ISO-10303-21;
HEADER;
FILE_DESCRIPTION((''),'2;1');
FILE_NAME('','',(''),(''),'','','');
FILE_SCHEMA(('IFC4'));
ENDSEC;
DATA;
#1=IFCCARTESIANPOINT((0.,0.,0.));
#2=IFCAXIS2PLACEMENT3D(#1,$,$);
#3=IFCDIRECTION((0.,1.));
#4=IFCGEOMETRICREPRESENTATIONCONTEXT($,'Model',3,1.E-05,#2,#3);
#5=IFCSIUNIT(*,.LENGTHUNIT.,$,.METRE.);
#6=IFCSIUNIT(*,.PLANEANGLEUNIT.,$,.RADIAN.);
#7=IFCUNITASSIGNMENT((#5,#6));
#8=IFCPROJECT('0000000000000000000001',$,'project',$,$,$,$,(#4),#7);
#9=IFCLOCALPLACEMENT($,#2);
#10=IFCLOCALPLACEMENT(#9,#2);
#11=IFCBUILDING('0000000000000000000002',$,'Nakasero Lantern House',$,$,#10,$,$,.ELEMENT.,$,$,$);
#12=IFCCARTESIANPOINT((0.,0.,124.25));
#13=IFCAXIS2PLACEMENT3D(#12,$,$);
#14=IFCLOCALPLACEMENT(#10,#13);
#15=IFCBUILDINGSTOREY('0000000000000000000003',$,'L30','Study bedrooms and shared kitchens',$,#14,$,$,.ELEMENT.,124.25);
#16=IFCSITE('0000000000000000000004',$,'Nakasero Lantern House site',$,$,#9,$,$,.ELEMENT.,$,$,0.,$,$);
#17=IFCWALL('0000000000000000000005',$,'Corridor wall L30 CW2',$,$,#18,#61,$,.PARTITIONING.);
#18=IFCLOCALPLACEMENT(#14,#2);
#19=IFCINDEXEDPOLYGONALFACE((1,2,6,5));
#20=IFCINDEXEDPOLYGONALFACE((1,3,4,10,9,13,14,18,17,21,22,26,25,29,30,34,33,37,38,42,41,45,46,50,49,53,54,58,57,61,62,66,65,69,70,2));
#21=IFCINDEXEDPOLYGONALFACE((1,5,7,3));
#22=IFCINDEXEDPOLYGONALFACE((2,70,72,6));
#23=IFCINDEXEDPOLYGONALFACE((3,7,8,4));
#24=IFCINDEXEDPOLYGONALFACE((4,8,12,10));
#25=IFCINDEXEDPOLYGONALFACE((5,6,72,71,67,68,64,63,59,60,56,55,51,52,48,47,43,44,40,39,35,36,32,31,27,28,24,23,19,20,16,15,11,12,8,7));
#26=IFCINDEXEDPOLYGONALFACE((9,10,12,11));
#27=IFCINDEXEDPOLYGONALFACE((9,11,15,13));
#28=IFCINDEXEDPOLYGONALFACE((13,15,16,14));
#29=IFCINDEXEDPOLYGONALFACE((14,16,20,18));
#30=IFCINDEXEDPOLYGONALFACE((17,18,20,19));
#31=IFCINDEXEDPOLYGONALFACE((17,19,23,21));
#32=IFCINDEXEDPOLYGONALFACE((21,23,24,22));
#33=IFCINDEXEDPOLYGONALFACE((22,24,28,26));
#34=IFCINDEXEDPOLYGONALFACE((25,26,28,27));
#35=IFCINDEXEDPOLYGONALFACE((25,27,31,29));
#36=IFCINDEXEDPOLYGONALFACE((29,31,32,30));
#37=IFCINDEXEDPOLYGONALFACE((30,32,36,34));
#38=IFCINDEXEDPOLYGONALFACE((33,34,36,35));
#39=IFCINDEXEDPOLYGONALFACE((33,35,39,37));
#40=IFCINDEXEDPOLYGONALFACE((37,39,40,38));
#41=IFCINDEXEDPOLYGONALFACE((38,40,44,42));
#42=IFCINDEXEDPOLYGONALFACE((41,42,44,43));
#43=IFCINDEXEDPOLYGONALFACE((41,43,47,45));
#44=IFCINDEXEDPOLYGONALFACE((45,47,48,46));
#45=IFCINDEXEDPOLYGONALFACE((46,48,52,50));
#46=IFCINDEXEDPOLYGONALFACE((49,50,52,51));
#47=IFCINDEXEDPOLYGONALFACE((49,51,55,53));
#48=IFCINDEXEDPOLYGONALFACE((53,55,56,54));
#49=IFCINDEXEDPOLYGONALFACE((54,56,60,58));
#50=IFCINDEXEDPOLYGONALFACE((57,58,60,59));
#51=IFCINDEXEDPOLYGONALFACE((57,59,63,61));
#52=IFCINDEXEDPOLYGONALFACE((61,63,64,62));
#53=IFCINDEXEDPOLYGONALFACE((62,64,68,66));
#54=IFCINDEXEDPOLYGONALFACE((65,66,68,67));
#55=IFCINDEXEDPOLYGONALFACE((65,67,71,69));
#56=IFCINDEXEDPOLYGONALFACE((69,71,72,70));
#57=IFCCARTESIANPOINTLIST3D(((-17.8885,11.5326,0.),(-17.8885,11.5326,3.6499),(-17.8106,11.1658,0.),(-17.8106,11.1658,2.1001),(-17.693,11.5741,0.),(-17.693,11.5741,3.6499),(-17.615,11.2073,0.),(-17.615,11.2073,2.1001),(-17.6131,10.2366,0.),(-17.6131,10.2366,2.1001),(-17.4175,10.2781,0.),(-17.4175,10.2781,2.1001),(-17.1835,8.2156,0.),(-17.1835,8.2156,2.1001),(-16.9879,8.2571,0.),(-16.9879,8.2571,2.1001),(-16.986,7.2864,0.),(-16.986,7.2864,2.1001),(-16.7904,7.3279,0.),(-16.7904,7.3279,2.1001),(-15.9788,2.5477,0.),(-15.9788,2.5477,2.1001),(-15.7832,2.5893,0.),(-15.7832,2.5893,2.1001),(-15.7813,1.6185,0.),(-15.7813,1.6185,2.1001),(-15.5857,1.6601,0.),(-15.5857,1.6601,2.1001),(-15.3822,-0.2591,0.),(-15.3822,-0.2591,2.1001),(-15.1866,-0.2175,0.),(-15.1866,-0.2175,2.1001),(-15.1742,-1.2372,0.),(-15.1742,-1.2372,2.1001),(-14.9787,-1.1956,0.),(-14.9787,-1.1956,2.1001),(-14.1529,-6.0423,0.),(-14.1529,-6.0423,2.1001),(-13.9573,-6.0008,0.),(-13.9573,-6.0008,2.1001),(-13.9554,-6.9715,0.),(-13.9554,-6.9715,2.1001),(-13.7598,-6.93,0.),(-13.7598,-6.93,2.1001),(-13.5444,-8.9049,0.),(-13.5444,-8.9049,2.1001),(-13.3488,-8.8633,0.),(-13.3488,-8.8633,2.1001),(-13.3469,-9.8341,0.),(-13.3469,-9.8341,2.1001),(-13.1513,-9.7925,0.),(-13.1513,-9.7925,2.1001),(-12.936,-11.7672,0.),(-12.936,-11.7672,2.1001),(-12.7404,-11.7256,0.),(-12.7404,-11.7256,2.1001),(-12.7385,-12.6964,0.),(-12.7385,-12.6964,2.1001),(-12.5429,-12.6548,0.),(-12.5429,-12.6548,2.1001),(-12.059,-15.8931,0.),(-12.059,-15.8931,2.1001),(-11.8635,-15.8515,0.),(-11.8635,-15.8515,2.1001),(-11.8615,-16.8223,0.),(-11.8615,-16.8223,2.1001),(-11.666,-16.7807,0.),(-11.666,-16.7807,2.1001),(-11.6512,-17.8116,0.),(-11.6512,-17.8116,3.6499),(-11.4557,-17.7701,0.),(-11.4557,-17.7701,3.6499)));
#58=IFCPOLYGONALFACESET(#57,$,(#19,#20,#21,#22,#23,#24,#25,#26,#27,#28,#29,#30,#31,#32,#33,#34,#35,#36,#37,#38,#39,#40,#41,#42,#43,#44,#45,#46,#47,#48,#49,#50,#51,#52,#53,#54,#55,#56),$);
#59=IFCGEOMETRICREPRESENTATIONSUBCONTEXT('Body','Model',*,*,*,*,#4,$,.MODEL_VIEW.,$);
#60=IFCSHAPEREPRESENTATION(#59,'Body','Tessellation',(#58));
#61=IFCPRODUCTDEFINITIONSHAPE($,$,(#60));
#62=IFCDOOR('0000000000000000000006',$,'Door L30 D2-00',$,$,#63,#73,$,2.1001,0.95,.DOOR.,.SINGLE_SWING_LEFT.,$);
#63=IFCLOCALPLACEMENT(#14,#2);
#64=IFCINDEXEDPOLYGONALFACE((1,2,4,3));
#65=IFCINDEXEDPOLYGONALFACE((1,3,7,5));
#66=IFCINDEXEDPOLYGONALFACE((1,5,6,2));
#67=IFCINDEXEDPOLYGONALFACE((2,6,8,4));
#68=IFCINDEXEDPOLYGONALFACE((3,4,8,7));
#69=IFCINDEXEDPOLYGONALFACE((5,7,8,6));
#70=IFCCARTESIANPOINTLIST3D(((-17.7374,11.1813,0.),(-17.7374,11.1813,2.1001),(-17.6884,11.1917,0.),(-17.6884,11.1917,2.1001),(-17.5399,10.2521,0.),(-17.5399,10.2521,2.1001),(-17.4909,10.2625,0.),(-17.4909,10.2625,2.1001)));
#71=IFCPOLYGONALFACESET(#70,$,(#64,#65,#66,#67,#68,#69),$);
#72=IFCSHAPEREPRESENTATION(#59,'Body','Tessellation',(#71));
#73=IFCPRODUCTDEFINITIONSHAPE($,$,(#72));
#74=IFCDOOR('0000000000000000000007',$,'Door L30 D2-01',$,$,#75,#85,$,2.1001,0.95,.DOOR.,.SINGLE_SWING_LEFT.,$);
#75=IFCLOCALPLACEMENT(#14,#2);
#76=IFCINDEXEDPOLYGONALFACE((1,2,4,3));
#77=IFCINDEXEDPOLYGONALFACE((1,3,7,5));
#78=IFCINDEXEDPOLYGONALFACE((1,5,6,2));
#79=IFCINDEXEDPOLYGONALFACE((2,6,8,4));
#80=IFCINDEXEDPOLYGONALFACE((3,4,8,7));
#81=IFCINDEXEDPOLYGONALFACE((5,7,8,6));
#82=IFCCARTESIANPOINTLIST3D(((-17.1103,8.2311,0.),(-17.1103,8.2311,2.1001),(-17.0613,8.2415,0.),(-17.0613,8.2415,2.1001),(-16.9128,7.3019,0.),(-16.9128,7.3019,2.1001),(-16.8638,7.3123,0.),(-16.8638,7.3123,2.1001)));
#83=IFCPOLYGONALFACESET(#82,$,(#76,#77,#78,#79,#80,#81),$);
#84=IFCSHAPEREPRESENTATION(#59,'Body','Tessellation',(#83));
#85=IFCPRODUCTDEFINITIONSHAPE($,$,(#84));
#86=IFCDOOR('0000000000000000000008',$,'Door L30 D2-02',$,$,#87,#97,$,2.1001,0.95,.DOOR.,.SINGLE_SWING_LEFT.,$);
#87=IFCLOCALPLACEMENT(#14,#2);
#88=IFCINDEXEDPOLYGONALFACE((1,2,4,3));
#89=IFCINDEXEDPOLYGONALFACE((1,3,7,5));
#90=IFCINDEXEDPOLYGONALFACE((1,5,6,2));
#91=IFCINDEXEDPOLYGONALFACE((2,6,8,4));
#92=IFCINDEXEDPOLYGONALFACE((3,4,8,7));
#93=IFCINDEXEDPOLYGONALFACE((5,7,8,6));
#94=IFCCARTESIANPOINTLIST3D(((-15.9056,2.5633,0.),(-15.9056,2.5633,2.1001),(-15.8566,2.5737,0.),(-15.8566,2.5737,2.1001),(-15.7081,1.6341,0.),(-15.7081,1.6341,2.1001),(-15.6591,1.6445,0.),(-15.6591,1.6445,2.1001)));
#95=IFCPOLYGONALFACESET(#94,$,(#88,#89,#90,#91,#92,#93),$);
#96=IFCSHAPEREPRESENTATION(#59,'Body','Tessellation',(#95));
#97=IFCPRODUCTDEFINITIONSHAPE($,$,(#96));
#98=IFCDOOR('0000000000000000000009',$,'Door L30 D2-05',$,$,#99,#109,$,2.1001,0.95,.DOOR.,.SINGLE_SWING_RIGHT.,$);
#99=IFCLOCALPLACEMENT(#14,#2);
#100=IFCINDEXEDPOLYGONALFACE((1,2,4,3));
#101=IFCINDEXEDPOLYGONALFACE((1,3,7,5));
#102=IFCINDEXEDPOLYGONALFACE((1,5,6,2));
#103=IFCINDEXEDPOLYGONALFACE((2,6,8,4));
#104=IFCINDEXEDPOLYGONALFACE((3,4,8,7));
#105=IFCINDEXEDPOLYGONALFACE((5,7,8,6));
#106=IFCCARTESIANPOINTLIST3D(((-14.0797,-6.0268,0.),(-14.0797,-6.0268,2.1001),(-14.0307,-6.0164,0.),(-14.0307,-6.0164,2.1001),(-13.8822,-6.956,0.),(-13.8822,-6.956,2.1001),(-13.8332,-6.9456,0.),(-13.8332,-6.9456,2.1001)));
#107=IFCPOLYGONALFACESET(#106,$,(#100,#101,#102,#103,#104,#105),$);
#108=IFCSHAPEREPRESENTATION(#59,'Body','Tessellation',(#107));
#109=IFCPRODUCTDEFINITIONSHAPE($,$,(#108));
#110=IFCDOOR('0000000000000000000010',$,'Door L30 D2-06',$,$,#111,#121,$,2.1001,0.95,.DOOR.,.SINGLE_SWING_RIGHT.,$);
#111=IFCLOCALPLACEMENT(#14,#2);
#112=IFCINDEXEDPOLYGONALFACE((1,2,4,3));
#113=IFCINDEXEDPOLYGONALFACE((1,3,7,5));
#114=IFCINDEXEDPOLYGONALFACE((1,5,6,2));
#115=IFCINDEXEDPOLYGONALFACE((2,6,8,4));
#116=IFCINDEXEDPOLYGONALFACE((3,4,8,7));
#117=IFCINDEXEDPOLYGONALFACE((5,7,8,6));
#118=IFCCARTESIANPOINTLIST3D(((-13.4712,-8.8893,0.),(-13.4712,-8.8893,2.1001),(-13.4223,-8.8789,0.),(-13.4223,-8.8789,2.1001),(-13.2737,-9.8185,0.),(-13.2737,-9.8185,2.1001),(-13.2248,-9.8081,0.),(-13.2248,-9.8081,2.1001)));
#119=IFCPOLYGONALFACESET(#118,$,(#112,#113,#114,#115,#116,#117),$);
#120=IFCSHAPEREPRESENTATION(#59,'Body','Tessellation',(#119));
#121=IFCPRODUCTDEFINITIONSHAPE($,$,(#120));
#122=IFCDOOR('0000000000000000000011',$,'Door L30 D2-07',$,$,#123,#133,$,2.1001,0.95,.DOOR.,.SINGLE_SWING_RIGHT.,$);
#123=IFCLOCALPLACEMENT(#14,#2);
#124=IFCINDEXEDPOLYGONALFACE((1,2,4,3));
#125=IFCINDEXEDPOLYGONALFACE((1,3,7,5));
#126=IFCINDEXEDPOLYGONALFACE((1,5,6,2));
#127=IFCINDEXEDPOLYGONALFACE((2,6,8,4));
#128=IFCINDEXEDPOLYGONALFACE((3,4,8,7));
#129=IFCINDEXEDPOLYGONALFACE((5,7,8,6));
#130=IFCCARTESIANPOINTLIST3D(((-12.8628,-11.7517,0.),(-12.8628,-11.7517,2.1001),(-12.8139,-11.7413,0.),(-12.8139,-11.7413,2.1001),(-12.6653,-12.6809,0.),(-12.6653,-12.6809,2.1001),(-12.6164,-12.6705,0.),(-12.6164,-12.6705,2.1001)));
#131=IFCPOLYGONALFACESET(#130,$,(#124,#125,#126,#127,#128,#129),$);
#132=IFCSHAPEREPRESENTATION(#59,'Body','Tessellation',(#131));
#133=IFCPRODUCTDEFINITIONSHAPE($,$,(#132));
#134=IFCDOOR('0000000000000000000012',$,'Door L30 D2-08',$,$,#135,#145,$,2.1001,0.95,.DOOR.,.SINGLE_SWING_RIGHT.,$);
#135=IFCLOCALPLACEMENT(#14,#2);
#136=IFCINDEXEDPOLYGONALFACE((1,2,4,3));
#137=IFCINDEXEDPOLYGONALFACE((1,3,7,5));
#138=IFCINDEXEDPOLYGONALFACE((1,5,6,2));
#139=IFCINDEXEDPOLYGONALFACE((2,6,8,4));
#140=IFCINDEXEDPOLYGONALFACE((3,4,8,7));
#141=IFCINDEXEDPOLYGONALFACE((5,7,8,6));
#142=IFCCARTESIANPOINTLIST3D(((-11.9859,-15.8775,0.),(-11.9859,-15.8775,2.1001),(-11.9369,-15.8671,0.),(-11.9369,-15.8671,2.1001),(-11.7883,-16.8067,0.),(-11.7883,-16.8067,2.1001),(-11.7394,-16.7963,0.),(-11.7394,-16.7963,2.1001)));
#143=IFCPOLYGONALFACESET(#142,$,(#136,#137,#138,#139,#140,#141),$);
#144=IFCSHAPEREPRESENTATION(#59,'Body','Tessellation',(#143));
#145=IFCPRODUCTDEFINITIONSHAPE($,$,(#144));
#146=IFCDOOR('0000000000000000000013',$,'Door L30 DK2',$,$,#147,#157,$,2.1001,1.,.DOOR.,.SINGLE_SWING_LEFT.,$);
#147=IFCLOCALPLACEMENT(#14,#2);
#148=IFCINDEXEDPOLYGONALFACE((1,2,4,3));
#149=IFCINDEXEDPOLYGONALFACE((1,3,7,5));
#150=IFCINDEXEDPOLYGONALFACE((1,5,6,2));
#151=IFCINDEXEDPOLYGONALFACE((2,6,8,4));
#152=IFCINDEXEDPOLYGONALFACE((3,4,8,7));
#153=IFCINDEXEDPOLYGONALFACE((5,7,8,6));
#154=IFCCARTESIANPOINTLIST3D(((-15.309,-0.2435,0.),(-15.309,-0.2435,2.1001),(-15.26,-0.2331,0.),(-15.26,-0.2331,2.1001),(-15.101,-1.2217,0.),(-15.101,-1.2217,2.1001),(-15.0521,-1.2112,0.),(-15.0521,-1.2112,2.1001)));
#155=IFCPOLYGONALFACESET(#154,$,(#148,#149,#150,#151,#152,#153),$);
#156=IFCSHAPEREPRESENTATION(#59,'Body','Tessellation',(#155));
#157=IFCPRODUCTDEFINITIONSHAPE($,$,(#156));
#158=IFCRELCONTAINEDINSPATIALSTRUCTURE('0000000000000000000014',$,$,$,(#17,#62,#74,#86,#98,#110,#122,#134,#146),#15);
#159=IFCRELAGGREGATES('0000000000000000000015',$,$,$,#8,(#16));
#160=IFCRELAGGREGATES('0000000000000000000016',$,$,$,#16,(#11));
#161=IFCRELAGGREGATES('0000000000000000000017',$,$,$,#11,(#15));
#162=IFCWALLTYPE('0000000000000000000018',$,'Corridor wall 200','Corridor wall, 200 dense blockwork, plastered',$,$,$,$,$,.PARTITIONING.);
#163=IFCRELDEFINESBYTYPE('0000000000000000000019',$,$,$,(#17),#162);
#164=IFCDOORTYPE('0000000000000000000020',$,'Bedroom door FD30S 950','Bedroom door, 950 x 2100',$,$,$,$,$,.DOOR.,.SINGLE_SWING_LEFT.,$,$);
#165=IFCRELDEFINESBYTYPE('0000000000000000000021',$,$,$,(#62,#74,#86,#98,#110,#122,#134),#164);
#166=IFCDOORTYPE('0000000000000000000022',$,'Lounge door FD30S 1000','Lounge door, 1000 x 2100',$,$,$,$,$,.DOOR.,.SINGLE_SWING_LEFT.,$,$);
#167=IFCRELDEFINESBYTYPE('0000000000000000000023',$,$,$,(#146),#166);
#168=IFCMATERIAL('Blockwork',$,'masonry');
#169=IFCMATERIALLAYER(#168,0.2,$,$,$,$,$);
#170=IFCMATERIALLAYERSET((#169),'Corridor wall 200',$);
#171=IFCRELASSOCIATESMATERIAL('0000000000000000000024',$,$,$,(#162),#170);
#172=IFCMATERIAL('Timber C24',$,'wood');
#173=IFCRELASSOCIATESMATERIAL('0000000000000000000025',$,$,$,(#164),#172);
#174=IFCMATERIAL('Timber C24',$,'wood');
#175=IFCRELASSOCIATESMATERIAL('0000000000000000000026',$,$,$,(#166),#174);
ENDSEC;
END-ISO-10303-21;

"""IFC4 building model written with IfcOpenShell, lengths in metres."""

from ifc_helpers import new_model, si_unit, direction, frame, frame_2d, origin, place, context, subcontext, project, spatial, rectangle, extrude, material, layer, layer_set, type_object, element, fill, save


model = new_model("IFC4")

# Units and contexts
model_context = context("Model", 3, precision=1e-05, world=origin(), true_north=direction((0.0, 1.0)))
body_context = subcontext(model_context, "Body", "Model", "MODEL_VIEW")
ifc_project = project(units=[si_unit("LENGTHUNIT", "METRE"), si_unit("PLANEANGLEUNIT", "RADIAN")], contexts=[model_context])

# Site, building, storey
site_placement = place(None, origin())
site = spatial("IfcSite", under=ifc_project, at=site_placement, Name="Nakasero Lantern House site", CompositionType="ELEMENT", RefElevation=0.0)
building_placement = place(site_placement, origin())
building = spatial("IfcBuilding", under=site, at=building_placement, Name="Nakasero Lantern House", CompositionType="ELEMENT")
storey_placement = place(building_placement, frame((0.0, 0.0, 124.25)))
storey = spatial("IfcBuildingStorey", under=building, at=storey_placement, Name="L30", Description="Study bedrooms and shared kitchens", CompositionType="ELEMENT", Elevation=124.25)

# Wall, openings, doors
ifc_material_1 = material(Name="Blockwork", Category="masonry")
ifc_layer_1 = layer(ifc_material_1, 0.2)
ifc_layer_set_1 = layer_set([ifc_layer_1], Name="Corridor wall 200")
wall_type_1 = type_object("IfcWallType", Name="Corridor wall 200", Description="Corridor wall, 200 dense blockwork, plastered", PredefinedType="PARTITIONING", material=ifc_layer_set_1)
wall_1_placement = place(storey_placement, frame((-17.7908, 11.5535, 0.0), z_axis=(0.0, 0.0, 1.0), x_axis=(0.207912, -0.978148, 0.0)))
wall_1 = element("IfcWall", 1, at=wall_1_placement, inside=storey, type_object=wall_type_1, Name="Corridor wall L30 CW2", PredefinedType="PARTITIONING", context=body_context, shape_type="SweptSolid", body=[
    extrude(rectangle(XDim=29.9998, YDim=0.2, at=frame_2d((15.0, 0.0))), origin(), (0.0, 0.0, 1.0), 3.6499),
])
opening_1_placement = place(wall_1_placement, frame((0.375, 0.0, 0.0)))
opening_1 = element("IfcOpeningElement", 2, at=opening_1_placement, cuts=wall_1, PredefinedType="OPENING", context=body_context, shape_type="SweptSolid", body=[
    extrude(rectangle(XDim=0.95, YDim=2.1001, at=frame_2d((0.4751, 1.05))), frame((0.0, 0.1199, 0.0), z_axis=(0.0, -1.0, 0.0), x_axis=(1.0, 0.0, 0.0)), (0.0, 0.0, 1.0), 0.24),
])
opening_2_placement = place(wall_1_placement, frame((3.3911, 0.0, 0.0)))
opening_2 = element("IfcOpeningElement", 3, at=opening_2_placement, cuts=wall_1, PredefinedType="OPENING", context=body_context, shape_type="SweptSolid", body=[
    extrude(rectangle(XDim=0.95, YDim=2.1001, at=frame_2d((0.4751, 1.05))), frame((0.0, 0.1199, 0.0), z_axis=(0.0, -1.0, 0.0), x_axis=(1.0, 0.0, 0.0)), (0.0, 0.0, 1.0), 0.24),
])
opening_3_placement = place(wall_1_placement, frame((9.1855, 0.0, 0.0)))
opening_3 = element("IfcOpeningElement", 4, at=opening_3_placement, cuts=wall_1, PredefinedType="OPENING", context=body_context, shape_type="SweptSolid", body=[
    extrude(rectangle(XDim=0.95, YDim=2.1001, at=frame_2d((0.4751, 1.05))), frame((0.0, 0.1199, 0.0), z_axis=(0.0, -1.0, 0.0), x_axis=(1.0, 0.0, 0.0)), (0.0, 0.0, 1.0), 0.24),
])
opening_4_placement = place(wall_1_placement, frame((17.9675, 0.0, 0.0)))
opening_4 = element("IfcOpeningElement", 5, at=opening_4_placement, cuts=wall_1, PredefinedType="OPENING", context=body_context, shape_type="SweptSolid", body=[
    extrude(rectangle(XDim=0.95, YDim=2.1001, at=frame_2d((0.4751, 1.05))), frame((0.0, 0.1199, 0.0), z_axis=(0.0, -1.0, 0.0), x_axis=(1.0, 0.0, 0.0)), (0.0, 0.0, 1.0), 0.24),
])
opening_5_placement = place(wall_1_placement, frame((20.894, 0.0, 0.0)))
opening_5 = element("IfcOpeningElement", 6, at=opening_5_placement, cuts=wall_1, PredefinedType="OPENING", context=body_context, shape_type="SweptSolid", body=[
    extrude(rectangle(XDim=0.95, YDim=2.1001, at=frame_2d((0.4751, 1.05))), frame((0.0, 0.1199, 0.0), z_axis=(0.0, -1.0, 0.0), x_axis=(1.0, 0.0, 0.0)), (0.0, 0.0, 1.0), 0.24),
])
opening_6_placement = place(wall_1_placement, frame((23.8203, 0.0, 0.0)))
opening_6 = element("IfcOpeningElement", 7, at=opening_6_placement, cuts=wall_1, PredefinedType="OPENING", context=body_context, shape_type="SweptSolid", body=[
    extrude(rectangle(XDim=0.95, YDim=2.1001, at=frame_2d((0.4751, 1.05))), frame((0.0, 0.1199, 0.0), z_axis=(0.0, -1.0, 0.0), x_axis=(1.0, 0.0, 0.0)), (0.0, 0.0, 1.0), 0.24),
])
opening_7_placement = place(wall_1_placement, frame((28.0383, 0.0, 0.0)))
opening_7 = element("IfcOpeningElement", 8, at=opening_7_placement, cuts=wall_1, PredefinedType="OPENING", context=body_context, shape_type="SweptSolid", body=[
    extrude(rectangle(XDim=0.95, YDim=2.1001, at=frame_2d((0.4751, 1.05))), frame((0.0, 0.1199, 0.0), z_axis=(0.0, -1.0, 0.0), x_axis=(1.0, 0.0, 0.0)), (0.0, 0.0, 1.0), 0.24),
])
opening_8_placement = place(wall_1_placement, frame((12.0552, 0.0, 0.0)))
opening_8 = element("IfcOpeningElement", 9, at=opening_8_placement, cuts=wall_1, PredefinedType="OPENING", context=body_context, shape_type="SweptSolid", body=[
    extrude(rectangle(XDim=1.0, YDim=2.1001, at=frame_2d((0.5, 1.05))), frame((0.0, 0.1199, 0.0), z_axis=(0.0, -1.0, 0.0), x_axis=(1.0, 0.0, 0.0)), (0.0, 0.0, 1.0), 0.24),
])
ifc_material_2 = material(Name="Timber C24", Category="wood")
door_type_1 = type_object("IfcDoorType", Name="Bedroom door FD30S 950", Description="Bedroom door, 950 x 2100", OperationType="SINGLE_SWING_LEFT", PredefinedType="DOOR", material=ifc_material_2)
door_1_placement = place(opening_1_placement, origin())
door_1 = element("IfcDoor", 10, at=door_1_placement, inside=storey, type_object=door_type_1, Name="Door L30 D2-00", OperationType="SINGLE_SWING_LEFT", OverallHeight=2.1001, OverallWidth=0.95, PredefinedType="DOOR", context=body_context, shape_type="SweptSolid", body=[
    extrude(rectangle(XDim=0.95, YDim=2.1001, at=frame_2d((0.4751, 1.05))), frame((0.0, 0.0249, 0.0), z_axis=(0.0, -1.0, 0.0), x_axis=(1.0, 0.0, 0.0)), (0.0, 0.0, 1.0), 0.05),
])
fill(opening_1, door_1)
door_2_placement = place(opening_2_placement, origin())
door_2 = element("IfcDoor", 11, at=door_2_placement, inside=storey, type_object=door_type_1, Name="Door L30 D2-01", OperationType="SINGLE_SWING_LEFT", OverallHeight=2.1001, OverallWidth=0.95, PredefinedType="DOOR", context=body_context, shape_type="SweptSolid", body=[
    extrude(rectangle(XDim=0.95, YDim=2.1001, at=frame_2d((0.4751, 1.05))), frame((0.0, 0.0249, 0.0), z_axis=(0.0, -1.0, 0.0), x_axis=(1.0, 0.0, 0.0)), (0.0, 0.0, 1.0), 0.05),
])
fill(opening_2, door_2)
door_3_placement = place(opening_3_placement, origin())
door_3 = element("IfcDoor", 12, at=door_3_placement, inside=storey, type_object=door_type_1, Name="Door L30 D2-02", OperationType="SINGLE_SWING_LEFT", OverallHeight=2.1001, OverallWidth=0.95, PredefinedType="DOOR", context=body_context, shape_type="SweptSolid", body=[
    extrude(rectangle(XDim=0.95, YDim=2.1001, at=frame_2d((0.4751, 1.05))), frame((0.0, 0.0249, 0.0), z_axis=(0.0, -1.0, 0.0), x_axis=(1.0, 0.0, 0.0)), (0.0, 0.0, 1.0), 0.05),
])
fill(opening_3, door_3)
door_4_placement = place(opening_4_placement, origin())
door_4 = element("IfcDoor", 13, at=door_4_placement, inside=storey, type_object=door_type_1, Name="Door L30 D2-05", OperationType="SINGLE_SWING_RIGHT", OverallHeight=2.1001, OverallWidth=0.95, PredefinedType="DOOR", context=body_context, shape_type="SweptSolid", body=[
    extrude(rectangle(XDim=0.95, YDim=2.1001, at=frame_2d((0.4751, 1.05))), frame((0.0, 0.0249, 0.0), z_axis=(0.0, -1.0, 0.0), x_axis=(1.0, 0.0, 0.0)), (0.0, 0.0, 1.0), 0.05),
])
fill(opening_4, door_4)
door_5_placement = place(opening_5_placement, origin())
door_5 = element("IfcDoor", 14, at=door_5_placement, inside=storey, type_object=door_type_1, Name="Door L30 D2-06", OperationType="SINGLE_SWING_RIGHT", OverallHeight=2.1001, OverallWidth=0.95, PredefinedType="DOOR", context=body_context, shape_type="SweptSolid", body=[
    extrude(rectangle(XDim=0.95, YDim=2.1001, at=frame_2d((0.4751, 1.05))), frame((0.0, 0.0249, 0.0), z_axis=(0.0, -1.0, 0.0), x_axis=(1.0, 0.0, 0.0)), (0.0, 0.0, 1.0), 0.05),
])
fill(opening_5, door_5)
door_6_placement = place(opening_6_placement, origin())
door_6 = element("IfcDoor", 15, at=door_6_placement, inside=storey, type_object=door_type_1, Name="Door L30 D2-07", OperationType="SINGLE_SWING_RIGHT", OverallHeight=2.1001, OverallWidth=0.95, PredefinedType="DOOR", context=body_context, shape_type="SweptSolid", body=[
    extrude(rectangle(XDim=0.95, YDim=2.1001, at=frame_2d((0.4751, 1.05))), frame((0.0, 0.0249, 0.0), z_axis=(0.0, -1.0, 0.0), x_axis=(1.0, 0.0, 0.0)), (0.0, 0.0, 1.0), 0.05),
])
fill(opening_6, door_6)
door_7_placement = place(opening_7_placement, origin())
door_7 = element("IfcDoor", 16, at=door_7_placement, inside=storey, type_object=door_type_1, Name="Door L30 D2-08", OperationType="SINGLE_SWING_RIGHT", OverallHeight=2.1001, OverallWidth=0.95, PredefinedType="DOOR", context=body_context, shape_type="SweptSolid", body=[
    extrude(rectangle(XDim=0.95, YDim=2.1001, at=frame_2d((0.4751, 1.05))), frame((0.0, 0.0249, 0.0), z_axis=(0.0, -1.0, 0.0), x_axis=(1.0, 0.0, 0.0)), (0.0, 0.0, 1.0), 0.05),
])
fill(opening_7, door_7)
ifc_material_3 = material(Name="Timber C24", Category="wood")
door_type_2 = type_object("IfcDoorType", Name="Lounge door FD30S 1000", Description="Lounge door, 1000 x 2100", OperationType="SINGLE_SWING_LEFT", PredefinedType="DOOR", material=ifc_material_3)
door_8_placement = place(opening_8_placement, origin())
door_8 = element("IfcDoor", 17, at=door_8_placement, inside=storey, type_object=door_type_2, Name="Door L30 DK2", OperationType="SINGLE_SWING_LEFT", OverallHeight=2.1001, OverallWidth=1.0, PredefinedType="DOOR", context=body_context, shape_type="SweptSolid", body=[
    extrude(rectangle(XDim=1.0, YDim=2.1001, at=frame_2d((0.5, 1.05))), frame((0.0, 0.0249, 0.0), z_axis=(0.0, -1.0, 0.0), x_axis=(1.0, 0.0, 0.0)), (0.0, 0.0, 1.0), 0.05),
])
fill(opening_8, door_8)

save(model, "model.ifc")
